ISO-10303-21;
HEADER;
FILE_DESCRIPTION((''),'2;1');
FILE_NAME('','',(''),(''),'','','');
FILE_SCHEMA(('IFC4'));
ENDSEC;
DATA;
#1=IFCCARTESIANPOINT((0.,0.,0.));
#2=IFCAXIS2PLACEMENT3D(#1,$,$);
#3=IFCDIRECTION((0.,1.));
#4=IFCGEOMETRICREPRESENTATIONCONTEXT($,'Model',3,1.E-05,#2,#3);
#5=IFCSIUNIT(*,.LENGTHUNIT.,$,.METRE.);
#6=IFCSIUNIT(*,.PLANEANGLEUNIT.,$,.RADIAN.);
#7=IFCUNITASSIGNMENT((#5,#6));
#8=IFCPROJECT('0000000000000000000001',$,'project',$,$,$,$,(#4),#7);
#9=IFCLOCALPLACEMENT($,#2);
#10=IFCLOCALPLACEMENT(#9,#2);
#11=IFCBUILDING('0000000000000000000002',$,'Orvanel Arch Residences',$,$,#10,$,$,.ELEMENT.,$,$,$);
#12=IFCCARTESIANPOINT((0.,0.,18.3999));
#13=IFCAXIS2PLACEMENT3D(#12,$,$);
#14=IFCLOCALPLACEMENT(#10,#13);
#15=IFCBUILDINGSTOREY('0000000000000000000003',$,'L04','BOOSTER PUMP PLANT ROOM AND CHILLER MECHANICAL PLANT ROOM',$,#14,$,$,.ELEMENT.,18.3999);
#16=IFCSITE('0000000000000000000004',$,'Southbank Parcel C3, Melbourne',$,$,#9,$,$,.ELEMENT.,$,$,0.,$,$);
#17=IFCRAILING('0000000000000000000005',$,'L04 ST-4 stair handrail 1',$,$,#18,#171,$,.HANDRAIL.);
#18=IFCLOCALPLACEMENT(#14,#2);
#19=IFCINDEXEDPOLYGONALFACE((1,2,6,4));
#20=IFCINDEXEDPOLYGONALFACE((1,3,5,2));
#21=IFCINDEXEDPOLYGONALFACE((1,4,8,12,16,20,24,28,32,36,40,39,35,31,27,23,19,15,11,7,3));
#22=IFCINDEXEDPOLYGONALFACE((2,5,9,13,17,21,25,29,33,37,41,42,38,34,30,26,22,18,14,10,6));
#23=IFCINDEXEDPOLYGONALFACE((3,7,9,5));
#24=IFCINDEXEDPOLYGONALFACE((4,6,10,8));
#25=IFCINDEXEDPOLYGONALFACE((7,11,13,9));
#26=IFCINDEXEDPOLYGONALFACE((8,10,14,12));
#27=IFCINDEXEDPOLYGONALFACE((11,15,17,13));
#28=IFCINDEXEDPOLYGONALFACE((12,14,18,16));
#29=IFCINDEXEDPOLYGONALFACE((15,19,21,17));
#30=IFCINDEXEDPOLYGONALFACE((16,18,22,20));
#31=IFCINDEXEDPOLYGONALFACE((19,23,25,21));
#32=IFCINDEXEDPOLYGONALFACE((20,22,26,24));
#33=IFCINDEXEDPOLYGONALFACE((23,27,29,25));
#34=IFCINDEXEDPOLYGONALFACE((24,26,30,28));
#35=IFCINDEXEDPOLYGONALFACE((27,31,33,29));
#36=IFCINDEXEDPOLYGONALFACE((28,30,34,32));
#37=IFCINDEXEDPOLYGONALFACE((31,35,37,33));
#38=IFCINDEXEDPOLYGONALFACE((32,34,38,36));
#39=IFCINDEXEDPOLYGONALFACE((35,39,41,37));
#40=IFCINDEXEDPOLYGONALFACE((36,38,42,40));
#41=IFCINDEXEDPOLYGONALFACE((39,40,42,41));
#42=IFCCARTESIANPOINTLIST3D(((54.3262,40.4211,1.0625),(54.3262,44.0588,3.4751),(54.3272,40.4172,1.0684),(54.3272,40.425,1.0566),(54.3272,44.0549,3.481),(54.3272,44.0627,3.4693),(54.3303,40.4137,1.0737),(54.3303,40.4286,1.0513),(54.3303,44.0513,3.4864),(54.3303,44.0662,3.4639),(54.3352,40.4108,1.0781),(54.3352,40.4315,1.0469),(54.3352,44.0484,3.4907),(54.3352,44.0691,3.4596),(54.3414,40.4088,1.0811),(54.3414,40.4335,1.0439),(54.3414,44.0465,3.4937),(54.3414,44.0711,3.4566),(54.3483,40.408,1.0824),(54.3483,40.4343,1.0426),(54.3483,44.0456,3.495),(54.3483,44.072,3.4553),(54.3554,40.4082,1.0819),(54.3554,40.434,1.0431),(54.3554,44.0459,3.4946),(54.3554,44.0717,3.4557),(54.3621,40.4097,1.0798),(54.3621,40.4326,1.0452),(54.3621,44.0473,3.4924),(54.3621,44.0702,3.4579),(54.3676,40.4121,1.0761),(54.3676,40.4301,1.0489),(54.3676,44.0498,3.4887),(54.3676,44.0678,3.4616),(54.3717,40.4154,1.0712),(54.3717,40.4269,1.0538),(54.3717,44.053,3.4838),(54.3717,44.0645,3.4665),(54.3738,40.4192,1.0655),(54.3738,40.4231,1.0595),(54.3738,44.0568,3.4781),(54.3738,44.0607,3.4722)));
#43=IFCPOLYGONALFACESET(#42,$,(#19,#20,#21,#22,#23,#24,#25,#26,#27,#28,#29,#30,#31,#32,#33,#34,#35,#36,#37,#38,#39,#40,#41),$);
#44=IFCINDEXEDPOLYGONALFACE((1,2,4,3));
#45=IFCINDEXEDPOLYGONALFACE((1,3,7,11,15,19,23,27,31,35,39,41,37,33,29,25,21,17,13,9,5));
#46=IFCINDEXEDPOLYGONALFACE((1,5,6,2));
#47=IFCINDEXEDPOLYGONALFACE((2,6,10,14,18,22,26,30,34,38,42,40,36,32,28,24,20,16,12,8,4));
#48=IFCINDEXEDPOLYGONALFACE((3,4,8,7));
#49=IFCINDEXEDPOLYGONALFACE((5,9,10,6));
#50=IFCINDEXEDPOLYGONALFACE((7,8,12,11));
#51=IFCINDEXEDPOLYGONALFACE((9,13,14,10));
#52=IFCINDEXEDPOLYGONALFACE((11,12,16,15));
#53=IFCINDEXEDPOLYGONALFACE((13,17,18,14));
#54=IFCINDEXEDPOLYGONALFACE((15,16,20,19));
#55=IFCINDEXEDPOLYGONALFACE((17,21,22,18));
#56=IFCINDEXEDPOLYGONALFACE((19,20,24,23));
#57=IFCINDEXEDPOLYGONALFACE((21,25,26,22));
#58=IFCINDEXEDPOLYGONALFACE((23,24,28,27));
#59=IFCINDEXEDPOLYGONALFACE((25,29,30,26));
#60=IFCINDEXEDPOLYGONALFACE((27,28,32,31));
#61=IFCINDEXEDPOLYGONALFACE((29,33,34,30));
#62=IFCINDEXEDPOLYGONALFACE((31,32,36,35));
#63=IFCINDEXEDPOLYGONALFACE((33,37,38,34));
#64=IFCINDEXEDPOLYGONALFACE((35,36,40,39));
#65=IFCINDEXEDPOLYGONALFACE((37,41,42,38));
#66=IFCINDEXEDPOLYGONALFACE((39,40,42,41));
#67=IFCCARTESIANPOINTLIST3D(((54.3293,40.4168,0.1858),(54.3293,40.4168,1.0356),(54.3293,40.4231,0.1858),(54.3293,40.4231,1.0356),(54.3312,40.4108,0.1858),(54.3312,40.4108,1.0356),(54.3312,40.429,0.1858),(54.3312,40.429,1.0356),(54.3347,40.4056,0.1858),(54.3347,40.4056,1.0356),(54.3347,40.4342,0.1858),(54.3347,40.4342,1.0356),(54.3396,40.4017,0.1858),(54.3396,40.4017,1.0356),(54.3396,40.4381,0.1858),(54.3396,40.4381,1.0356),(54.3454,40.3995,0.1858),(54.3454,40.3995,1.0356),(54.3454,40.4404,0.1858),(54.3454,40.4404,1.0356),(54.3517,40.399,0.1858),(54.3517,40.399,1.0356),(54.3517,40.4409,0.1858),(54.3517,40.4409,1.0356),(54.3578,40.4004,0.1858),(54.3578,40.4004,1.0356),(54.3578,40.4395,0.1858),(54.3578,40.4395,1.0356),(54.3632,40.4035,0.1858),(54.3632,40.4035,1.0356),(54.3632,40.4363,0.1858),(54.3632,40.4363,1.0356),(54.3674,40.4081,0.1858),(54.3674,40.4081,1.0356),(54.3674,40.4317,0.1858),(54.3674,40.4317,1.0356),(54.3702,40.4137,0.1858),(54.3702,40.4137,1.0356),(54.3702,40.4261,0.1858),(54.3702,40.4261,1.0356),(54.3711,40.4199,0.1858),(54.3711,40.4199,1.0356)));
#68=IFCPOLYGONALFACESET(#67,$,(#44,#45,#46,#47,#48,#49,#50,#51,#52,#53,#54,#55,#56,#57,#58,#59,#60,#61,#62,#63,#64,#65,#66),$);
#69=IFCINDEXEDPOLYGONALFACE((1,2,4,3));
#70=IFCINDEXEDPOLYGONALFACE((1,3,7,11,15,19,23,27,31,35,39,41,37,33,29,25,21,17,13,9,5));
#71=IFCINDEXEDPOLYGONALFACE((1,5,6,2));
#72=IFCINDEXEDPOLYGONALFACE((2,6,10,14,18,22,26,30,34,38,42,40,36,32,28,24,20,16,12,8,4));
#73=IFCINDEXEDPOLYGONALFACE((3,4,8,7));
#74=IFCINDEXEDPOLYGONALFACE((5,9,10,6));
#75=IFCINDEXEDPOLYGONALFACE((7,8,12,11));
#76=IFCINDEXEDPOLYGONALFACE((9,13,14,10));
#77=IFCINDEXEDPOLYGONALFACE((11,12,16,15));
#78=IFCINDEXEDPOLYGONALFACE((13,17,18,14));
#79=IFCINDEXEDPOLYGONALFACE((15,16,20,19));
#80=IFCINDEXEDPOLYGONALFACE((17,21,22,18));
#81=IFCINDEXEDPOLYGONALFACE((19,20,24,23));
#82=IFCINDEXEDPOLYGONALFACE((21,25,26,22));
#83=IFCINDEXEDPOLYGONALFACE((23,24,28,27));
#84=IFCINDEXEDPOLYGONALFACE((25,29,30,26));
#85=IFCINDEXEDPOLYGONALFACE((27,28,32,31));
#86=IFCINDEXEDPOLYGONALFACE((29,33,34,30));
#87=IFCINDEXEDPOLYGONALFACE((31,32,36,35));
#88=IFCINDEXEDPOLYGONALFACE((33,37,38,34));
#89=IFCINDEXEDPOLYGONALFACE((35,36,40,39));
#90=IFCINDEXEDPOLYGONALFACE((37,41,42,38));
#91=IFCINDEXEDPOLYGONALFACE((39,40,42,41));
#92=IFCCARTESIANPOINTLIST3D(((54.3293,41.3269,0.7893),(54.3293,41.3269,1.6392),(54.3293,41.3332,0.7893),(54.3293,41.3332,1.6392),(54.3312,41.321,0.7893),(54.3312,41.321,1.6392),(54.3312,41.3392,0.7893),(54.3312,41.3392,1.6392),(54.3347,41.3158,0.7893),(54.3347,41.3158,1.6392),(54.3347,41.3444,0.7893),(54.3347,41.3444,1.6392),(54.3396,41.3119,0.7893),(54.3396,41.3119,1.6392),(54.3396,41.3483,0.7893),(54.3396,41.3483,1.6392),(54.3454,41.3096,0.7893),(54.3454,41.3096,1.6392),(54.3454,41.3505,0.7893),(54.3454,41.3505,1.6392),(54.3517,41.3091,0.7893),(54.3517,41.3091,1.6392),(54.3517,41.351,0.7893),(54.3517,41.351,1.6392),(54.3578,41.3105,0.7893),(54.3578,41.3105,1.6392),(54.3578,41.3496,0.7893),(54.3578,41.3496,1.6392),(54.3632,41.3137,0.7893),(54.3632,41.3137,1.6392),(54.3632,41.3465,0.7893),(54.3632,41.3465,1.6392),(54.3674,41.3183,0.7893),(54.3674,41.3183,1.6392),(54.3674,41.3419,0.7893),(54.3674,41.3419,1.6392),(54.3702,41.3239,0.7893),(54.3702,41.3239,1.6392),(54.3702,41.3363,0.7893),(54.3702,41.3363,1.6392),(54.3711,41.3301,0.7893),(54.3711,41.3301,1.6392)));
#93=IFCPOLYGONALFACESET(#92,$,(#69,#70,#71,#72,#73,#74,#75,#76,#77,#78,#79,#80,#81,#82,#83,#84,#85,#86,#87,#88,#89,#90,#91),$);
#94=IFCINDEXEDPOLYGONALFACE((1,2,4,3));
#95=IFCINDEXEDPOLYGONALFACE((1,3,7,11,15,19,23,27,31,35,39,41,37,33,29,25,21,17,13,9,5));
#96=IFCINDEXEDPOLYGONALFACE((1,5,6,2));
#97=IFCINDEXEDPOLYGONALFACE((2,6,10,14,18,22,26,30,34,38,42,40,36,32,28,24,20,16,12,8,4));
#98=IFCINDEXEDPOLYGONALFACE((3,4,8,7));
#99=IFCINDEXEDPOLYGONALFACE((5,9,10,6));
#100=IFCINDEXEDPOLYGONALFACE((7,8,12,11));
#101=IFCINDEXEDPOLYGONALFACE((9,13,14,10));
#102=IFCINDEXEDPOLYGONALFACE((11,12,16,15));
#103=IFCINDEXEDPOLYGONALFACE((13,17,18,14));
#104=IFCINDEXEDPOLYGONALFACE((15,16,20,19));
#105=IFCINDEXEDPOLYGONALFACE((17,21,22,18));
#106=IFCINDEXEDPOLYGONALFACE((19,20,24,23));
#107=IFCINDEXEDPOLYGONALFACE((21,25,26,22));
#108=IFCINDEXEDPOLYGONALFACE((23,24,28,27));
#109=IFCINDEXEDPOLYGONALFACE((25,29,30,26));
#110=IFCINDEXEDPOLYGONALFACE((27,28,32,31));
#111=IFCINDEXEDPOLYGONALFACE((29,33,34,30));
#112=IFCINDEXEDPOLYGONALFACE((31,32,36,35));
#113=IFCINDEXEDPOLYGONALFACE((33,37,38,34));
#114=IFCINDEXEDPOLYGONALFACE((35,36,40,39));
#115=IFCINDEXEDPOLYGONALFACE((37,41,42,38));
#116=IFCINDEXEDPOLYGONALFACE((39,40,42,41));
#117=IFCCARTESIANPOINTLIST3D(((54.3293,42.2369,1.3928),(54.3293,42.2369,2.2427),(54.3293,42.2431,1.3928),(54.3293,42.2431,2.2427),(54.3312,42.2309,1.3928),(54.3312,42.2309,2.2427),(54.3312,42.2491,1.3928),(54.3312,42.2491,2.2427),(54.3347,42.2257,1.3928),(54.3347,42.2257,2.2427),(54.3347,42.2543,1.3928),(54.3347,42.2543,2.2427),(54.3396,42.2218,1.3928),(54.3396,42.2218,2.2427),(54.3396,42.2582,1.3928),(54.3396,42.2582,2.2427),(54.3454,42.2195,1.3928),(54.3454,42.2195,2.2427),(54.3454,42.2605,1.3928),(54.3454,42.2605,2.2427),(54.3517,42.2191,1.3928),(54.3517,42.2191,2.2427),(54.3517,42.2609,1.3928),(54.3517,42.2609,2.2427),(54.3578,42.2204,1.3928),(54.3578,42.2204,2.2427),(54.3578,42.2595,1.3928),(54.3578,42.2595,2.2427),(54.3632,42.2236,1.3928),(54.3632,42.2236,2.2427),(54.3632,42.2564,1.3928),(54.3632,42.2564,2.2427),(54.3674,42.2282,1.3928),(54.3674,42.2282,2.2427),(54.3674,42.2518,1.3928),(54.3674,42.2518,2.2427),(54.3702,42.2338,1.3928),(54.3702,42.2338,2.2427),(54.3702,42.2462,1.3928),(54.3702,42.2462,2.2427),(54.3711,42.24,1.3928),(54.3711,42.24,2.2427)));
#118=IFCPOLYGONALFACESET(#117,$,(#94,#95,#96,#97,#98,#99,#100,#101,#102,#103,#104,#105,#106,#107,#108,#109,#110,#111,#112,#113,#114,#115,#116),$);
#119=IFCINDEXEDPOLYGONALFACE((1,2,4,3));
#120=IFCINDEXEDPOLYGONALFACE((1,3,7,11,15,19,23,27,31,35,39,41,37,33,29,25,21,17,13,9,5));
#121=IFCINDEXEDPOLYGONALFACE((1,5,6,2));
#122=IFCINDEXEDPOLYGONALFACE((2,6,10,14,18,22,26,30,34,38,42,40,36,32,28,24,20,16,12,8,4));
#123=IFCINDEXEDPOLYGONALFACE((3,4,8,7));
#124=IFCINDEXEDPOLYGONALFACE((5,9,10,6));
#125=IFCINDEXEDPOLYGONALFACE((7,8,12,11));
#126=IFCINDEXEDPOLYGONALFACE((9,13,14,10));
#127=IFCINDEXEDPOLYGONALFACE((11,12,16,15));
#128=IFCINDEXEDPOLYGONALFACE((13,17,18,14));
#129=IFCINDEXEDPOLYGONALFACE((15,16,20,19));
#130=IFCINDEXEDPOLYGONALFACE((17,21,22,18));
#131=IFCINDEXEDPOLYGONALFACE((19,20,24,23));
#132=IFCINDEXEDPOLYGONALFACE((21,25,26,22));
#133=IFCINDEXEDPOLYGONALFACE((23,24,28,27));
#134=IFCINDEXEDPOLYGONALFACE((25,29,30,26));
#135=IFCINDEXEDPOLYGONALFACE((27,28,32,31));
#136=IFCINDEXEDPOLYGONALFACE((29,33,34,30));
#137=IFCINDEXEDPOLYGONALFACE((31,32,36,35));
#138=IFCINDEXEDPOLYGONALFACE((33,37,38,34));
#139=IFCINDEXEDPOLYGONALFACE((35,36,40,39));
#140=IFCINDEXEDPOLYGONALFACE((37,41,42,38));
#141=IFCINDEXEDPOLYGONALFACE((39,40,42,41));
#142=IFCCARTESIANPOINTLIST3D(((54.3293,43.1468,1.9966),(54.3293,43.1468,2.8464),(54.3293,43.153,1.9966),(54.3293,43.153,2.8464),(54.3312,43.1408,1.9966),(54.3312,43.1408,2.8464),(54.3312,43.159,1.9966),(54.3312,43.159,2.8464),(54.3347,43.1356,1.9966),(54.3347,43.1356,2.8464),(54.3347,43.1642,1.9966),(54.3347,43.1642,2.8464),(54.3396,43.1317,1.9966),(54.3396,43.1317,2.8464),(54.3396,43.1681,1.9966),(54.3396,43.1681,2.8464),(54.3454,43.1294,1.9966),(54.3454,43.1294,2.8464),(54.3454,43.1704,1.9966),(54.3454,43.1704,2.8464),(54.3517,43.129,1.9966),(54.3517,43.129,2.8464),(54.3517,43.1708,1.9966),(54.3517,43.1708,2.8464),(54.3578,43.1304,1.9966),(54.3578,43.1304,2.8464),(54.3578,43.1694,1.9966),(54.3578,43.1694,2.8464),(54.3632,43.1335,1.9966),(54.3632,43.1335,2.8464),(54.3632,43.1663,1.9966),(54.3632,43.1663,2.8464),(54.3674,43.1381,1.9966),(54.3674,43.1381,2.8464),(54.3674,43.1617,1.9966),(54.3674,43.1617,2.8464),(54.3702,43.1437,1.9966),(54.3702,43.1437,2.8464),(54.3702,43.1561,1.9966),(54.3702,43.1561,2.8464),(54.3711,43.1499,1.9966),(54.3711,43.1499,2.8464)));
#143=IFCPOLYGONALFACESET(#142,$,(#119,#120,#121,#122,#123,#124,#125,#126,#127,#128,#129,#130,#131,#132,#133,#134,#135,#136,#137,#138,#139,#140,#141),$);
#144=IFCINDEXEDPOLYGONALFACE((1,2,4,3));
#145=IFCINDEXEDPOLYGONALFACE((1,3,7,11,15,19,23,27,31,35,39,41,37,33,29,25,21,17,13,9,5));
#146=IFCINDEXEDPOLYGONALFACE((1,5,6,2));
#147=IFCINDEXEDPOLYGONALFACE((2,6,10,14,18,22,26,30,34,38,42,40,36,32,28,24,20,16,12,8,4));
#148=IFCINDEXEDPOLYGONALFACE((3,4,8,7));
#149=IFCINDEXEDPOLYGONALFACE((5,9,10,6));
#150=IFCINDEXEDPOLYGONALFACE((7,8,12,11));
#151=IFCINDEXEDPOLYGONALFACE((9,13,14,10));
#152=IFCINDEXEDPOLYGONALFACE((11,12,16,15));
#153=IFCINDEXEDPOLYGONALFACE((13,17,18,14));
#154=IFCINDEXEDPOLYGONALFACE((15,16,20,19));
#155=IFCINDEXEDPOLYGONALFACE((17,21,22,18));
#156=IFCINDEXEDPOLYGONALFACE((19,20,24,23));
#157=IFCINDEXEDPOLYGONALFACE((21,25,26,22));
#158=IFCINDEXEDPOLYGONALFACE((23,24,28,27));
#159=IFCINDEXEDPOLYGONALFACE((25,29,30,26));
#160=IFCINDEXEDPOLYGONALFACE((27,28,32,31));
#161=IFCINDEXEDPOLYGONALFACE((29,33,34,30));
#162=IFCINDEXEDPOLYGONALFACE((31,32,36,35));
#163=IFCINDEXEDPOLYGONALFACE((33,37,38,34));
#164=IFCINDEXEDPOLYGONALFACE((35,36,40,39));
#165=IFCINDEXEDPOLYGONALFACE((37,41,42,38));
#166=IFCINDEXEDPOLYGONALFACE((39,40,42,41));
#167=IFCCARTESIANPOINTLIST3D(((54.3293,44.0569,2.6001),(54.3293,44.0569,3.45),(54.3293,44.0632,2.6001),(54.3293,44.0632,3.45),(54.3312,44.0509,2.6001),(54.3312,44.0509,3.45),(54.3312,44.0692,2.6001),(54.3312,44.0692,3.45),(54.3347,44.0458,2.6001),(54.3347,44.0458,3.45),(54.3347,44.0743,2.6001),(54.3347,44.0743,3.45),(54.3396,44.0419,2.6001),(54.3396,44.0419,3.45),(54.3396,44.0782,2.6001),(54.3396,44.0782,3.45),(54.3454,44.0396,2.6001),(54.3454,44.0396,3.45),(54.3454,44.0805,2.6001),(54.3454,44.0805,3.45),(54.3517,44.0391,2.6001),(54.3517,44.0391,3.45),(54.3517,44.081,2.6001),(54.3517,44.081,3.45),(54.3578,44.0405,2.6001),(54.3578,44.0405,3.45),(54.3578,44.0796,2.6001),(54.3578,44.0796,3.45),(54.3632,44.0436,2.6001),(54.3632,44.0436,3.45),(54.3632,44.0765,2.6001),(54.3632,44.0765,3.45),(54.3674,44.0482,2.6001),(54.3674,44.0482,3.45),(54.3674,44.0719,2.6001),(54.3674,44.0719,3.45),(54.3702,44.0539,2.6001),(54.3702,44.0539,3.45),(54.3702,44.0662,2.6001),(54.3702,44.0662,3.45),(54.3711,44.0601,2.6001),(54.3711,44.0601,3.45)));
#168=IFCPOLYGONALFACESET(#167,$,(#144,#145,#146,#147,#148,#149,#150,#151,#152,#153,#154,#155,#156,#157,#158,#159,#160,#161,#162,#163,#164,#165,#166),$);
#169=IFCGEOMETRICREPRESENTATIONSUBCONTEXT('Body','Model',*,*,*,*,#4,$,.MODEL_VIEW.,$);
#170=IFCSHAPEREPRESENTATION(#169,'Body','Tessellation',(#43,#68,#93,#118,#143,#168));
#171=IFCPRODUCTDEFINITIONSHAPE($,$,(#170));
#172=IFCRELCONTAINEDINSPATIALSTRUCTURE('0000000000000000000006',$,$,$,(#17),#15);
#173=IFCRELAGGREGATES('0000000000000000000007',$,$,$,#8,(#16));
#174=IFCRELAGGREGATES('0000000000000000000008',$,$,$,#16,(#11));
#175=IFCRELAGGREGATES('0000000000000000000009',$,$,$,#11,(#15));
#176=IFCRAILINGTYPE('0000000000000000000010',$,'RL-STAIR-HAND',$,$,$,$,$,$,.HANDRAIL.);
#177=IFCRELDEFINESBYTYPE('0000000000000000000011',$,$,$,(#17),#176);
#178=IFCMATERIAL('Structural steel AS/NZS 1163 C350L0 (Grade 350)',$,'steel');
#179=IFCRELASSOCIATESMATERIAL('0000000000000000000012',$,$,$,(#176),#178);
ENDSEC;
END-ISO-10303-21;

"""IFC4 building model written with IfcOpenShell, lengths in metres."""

from ifc_helpers import new_model, si_unit, direction, frame, origin, origin_2d, place, context, subcontext, project, spatial, circle, extrude, material, type_object, element, save


model = new_model("IFC4")

# Units and contexts
model_context = context("Model", 3, precision=1e-05, world=origin(), true_north=direction((0.0, 1.0)))
body_context = subcontext(model_context, "Body", "Model", "MODEL_VIEW")
ifc_project = project(units=[si_unit("LENGTHUNIT", "METRE"), si_unit("PLANEANGLEUNIT", "RADIAN")], contexts=[model_context])

# Site, building, storey
site_placement = place(None, origin())
site = spatial("IfcSite", under=ifc_project, at=site_placement, Name="Southbank Parcel C3, Melbourne", CompositionType="ELEMENT", RefElevation=0.0)
building_placement = place(site_placement, origin())
building = spatial("IfcBuilding", under=site, at=building_placement, Name="Orvanel Arch Residences", CompositionType="ELEMENT")
storey_placement = place(building_placement, frame((0.0, 0.0, 18.3999)))
storey = spatial("IfcBuildingStorey", under=building, at=storey_placement, Name="L04", Description="BOOSTER PUMP PLANT ROOM AND CHILLER MECHANICAL PLANT ROOM", CompositionType="ELEMENT", Elevation=18.3999)

# Railing
ifc_material_1 = material(Name="Structural steel AS/NZS 1163 C350L0 (Grade 350)", Category="steel")
railing_type_1 = type_object("IfcRailingType", Name="RL-STAIR-HAND", PredefinedType="HANDRAIL", material=ifc_material_1)
railing_1_placement = place(storey_placement, frame((54.3501, 40.4199, 0.1858)))
element("IfcRailing", 1, at=railing_1_placement, inside=storey, type_object=railing_type_1, Name="L04 ST-4 stair handrail 1", PredefinedType="HANDRAIL", context=body_context, shape_type="SweptSolid", body=[
    extrude(circle(Radius=0.0239, at=origin_2d()), frame((0.0, 0.0012, 0.8767), z_axis=(0.0, 0.833364, 0.552725), x_axis=(-1.0, 0.0, 0.0)), (0.0, 0.0, 1.0), 4.365),
    extrude(circle(Radius=0.021, at=origin_2d()), origin(), (0.0, 0.0, 1.0), 0.8499),
    extrude(circle(Radius=0.021, at=origin_2d()), frame((0.0, 0.9102, 0.6035)), (0.0, 0.0, 1.0), 0.8499),
    extrude(circle(Radius=0.021, at=origin_2d()), frame((0.0, 1.8201, 1.207)), (0.0, 0.0, 1.0), 0.8499),
    extrude(circle(Radius=0.021, at=origin_2d()), frame((0.0, 2.73, 1.8108)), (0.0, 0.0, 1.0), 0.8499),
    extrude(circle(Radius=0.021, at=origin_2d()), frame((0.0, 3.6401, 2.4143)), (0.0, 0.0, 1.0), 0.8499),
])

save(model, "model.ifc")
